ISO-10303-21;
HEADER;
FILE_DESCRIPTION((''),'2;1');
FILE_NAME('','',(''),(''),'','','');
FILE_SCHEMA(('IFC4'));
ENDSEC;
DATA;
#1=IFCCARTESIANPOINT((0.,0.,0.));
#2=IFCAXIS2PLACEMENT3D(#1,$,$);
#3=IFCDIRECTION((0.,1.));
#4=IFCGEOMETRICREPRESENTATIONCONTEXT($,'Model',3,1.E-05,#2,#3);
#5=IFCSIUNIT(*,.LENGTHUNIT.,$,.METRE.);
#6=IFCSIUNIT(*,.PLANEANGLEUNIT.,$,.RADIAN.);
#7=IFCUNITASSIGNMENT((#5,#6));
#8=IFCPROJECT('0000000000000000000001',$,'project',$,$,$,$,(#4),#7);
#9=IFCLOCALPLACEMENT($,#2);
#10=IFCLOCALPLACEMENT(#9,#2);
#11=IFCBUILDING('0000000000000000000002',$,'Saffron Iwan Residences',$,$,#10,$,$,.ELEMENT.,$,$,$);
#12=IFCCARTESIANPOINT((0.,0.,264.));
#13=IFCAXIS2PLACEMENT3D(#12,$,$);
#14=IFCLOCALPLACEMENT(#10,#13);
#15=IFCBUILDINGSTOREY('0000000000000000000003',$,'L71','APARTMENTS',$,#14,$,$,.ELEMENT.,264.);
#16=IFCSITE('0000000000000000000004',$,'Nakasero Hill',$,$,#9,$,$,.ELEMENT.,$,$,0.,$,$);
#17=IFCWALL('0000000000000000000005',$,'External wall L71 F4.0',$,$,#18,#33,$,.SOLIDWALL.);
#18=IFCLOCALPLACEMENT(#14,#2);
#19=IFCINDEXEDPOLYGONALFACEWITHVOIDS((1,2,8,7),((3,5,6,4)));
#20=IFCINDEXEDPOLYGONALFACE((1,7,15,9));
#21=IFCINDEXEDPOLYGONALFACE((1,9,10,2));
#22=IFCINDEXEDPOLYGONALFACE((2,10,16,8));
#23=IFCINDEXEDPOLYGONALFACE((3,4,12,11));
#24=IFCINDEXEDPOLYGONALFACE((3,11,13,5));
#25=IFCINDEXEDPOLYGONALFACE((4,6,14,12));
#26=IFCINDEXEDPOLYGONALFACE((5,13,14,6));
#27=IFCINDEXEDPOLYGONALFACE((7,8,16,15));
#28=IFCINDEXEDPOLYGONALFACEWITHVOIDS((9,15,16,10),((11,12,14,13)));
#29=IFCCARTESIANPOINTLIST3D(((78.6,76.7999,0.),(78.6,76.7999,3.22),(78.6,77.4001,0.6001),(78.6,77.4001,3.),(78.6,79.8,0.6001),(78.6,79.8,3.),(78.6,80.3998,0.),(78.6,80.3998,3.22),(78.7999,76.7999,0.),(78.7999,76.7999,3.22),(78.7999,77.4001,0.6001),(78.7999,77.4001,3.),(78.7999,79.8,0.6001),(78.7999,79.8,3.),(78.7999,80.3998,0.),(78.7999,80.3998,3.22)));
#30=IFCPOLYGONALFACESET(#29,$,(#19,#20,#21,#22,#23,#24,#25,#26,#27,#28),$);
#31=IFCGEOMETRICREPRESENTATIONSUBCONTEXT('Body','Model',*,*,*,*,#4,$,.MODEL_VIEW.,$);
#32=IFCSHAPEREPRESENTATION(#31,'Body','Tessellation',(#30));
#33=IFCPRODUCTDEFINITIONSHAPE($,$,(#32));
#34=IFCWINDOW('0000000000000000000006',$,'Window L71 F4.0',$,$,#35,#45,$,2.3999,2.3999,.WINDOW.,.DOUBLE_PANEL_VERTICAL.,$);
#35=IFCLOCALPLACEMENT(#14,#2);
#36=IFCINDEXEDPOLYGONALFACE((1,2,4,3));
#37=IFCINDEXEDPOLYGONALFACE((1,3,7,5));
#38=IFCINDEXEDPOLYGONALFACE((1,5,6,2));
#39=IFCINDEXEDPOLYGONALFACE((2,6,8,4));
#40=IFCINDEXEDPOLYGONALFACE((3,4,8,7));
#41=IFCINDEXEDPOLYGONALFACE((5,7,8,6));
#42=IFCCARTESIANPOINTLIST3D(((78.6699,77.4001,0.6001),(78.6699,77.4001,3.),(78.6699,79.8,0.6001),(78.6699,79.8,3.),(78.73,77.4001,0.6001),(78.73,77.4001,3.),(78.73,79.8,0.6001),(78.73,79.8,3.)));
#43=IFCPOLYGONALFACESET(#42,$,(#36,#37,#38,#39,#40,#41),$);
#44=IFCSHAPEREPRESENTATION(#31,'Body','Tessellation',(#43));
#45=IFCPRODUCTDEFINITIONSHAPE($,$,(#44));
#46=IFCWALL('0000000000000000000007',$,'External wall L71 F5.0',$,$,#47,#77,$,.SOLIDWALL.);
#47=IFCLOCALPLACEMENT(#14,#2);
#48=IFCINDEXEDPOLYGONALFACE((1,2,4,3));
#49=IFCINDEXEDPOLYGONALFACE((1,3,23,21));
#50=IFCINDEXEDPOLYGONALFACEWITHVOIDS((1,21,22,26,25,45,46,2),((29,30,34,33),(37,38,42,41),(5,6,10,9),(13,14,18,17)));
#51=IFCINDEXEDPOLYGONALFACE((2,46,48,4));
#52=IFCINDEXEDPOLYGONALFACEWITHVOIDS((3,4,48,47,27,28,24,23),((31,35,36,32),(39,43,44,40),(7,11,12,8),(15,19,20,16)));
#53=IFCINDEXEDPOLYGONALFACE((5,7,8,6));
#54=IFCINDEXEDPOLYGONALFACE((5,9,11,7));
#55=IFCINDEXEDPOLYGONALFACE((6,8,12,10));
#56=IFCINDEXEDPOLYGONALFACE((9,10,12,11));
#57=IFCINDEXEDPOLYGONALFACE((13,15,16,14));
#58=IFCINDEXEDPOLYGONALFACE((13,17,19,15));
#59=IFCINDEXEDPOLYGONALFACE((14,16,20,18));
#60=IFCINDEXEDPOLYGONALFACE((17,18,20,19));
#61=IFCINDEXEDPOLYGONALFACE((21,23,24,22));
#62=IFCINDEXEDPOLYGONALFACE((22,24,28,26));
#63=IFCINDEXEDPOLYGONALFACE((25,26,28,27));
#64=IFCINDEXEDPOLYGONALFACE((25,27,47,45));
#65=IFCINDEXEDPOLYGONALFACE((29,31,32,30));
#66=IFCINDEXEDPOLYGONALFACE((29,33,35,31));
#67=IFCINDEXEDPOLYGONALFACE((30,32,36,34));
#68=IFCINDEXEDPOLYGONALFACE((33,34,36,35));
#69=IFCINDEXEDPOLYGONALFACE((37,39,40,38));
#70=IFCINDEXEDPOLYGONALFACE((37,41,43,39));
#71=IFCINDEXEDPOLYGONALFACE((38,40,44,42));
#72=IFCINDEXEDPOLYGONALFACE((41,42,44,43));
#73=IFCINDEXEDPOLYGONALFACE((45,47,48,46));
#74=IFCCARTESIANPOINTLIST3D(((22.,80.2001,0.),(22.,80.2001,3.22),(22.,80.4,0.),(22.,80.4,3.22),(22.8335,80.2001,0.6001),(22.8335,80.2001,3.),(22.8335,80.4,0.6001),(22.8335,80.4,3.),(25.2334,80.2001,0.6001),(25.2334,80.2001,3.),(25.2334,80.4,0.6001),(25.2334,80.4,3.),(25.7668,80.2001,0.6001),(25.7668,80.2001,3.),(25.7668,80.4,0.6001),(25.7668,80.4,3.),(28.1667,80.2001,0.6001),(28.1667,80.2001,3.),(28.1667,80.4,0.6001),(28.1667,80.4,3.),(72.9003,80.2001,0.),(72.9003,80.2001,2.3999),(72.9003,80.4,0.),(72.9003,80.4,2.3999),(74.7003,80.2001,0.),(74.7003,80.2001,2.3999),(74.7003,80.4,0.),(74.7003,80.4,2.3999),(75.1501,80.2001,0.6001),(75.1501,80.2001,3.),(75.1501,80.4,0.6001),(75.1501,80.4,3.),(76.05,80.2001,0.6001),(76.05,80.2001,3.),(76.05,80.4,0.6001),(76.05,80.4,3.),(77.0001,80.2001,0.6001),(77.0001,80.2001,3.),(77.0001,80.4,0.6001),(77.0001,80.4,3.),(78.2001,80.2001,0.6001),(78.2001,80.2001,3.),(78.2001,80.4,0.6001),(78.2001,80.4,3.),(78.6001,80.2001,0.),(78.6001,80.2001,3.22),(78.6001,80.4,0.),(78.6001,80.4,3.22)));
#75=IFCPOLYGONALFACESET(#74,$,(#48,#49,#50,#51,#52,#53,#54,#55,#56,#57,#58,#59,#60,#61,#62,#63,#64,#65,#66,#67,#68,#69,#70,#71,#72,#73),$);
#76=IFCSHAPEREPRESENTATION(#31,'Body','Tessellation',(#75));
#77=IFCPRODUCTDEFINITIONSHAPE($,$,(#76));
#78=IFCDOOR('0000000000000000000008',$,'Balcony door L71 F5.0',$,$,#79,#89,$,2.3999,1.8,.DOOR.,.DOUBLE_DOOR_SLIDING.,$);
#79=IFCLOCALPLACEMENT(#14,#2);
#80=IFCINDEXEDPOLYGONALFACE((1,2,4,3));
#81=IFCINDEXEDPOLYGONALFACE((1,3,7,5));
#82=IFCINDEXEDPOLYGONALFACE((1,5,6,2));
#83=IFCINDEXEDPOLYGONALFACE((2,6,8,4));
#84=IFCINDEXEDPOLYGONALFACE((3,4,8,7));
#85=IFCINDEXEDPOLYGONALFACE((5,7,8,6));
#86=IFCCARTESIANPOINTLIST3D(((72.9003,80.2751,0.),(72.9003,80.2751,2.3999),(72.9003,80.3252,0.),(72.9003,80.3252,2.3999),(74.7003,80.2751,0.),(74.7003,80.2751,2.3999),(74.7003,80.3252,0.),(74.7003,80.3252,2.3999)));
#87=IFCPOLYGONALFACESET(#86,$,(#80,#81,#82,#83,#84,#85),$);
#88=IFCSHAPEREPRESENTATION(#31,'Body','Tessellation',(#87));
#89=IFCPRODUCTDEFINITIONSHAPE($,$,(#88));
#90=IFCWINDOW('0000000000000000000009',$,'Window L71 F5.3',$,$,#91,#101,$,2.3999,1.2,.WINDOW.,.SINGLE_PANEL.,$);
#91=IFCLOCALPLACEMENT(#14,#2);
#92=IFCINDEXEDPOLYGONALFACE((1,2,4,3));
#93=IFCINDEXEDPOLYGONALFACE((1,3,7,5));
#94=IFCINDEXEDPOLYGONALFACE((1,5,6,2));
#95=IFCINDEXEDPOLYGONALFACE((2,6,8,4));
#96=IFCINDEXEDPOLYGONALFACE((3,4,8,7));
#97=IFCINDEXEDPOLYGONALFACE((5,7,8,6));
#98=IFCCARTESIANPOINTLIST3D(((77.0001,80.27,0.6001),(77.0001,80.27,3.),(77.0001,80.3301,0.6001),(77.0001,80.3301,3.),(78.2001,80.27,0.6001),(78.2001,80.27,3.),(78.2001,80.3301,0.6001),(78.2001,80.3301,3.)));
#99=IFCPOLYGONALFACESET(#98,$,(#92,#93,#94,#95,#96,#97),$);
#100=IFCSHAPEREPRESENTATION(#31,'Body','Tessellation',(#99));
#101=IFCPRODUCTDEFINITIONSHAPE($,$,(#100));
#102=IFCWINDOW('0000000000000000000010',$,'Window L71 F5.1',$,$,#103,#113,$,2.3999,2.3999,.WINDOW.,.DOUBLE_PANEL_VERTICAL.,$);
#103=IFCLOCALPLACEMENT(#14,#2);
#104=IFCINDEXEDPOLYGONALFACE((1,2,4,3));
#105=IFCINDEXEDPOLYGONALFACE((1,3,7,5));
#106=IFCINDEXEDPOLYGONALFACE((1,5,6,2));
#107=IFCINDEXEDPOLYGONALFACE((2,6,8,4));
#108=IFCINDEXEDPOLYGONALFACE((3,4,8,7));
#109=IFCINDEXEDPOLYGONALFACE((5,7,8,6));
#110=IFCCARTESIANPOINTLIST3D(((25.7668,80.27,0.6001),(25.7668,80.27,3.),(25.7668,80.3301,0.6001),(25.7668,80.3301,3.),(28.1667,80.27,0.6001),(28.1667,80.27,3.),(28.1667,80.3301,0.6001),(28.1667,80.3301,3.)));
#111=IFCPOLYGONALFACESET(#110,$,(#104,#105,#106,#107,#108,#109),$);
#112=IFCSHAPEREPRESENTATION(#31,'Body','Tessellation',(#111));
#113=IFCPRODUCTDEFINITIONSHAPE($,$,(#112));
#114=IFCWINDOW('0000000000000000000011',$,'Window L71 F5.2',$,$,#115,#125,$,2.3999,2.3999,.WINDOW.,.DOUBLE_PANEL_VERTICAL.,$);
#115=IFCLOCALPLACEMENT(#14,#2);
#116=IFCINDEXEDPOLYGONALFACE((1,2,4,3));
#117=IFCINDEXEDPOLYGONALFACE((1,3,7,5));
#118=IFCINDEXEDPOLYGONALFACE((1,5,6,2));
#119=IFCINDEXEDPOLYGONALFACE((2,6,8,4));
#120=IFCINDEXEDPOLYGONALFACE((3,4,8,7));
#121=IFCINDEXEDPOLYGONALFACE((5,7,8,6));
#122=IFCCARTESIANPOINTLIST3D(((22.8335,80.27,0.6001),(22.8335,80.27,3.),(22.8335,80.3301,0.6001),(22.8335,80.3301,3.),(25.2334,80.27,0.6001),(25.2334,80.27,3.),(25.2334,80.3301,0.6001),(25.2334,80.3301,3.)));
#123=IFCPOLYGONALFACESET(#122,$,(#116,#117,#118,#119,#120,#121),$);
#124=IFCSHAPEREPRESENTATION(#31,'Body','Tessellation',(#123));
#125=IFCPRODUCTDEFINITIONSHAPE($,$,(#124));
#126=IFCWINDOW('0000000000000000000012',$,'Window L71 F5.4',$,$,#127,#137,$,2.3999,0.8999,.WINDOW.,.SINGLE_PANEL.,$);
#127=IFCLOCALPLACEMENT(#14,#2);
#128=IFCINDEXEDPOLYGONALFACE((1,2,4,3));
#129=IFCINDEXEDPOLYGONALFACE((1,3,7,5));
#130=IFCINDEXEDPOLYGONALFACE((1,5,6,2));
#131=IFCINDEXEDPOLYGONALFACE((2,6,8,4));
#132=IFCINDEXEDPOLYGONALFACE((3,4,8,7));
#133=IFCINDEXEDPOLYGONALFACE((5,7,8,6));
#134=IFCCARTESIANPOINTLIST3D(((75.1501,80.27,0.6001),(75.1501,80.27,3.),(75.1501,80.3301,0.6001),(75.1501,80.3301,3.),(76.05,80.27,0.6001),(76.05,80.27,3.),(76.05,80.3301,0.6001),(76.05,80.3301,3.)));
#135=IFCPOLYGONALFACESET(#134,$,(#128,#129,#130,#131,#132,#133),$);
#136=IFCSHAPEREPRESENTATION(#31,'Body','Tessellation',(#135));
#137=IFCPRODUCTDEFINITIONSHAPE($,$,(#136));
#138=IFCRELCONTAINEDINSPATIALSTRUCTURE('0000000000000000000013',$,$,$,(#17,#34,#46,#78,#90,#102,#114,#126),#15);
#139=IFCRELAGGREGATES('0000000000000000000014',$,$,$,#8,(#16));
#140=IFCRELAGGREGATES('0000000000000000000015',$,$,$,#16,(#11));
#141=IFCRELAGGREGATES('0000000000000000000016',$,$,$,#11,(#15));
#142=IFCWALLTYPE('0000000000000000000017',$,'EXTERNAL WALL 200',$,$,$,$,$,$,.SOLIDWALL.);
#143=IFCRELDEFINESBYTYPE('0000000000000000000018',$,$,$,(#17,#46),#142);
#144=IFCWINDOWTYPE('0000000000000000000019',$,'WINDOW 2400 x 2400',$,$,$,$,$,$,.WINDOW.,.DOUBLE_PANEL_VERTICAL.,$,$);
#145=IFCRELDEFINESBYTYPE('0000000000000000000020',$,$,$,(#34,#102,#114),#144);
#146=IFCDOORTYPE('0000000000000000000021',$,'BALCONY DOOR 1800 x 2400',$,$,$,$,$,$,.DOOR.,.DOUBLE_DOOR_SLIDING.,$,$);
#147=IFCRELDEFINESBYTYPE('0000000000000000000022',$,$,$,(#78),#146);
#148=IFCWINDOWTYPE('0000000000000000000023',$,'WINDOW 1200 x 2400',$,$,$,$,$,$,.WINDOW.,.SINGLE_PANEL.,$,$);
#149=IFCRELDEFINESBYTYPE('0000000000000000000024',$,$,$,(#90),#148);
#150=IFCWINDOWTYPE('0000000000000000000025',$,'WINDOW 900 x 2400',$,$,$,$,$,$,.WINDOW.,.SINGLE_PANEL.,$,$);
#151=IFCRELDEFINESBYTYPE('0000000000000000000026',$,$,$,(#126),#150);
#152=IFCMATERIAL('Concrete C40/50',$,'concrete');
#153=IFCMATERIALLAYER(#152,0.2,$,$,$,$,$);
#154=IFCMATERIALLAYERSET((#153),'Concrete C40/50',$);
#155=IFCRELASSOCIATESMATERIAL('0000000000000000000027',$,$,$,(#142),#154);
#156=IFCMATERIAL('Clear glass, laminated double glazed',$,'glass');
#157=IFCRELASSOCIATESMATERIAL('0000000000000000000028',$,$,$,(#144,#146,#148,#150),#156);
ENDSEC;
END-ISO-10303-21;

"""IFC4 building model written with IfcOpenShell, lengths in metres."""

from ifc_helpers import new_model, si_unit, direction, frame, frame_2d, origin, place, context, subcontext, project, spatial, rectangle, extrude, material, layer, layer_set, type_object, element, fill, save


model = new_model("IFC4")

# Units and contexts
model_context = context("Model", 3, precision=1e-05, world=origin(), true_north=direction((0.0, 1.0)))
body_context = subcontext(model_context, "Body", "Model", "MODEL_VIEW")
ifc_project = project(units=[si_unit("LENGTHUNIT", "METRE"), si_unit("PLANEANGLEUNIT", "RADIAN")], contexts=[model_context])

# Site, building, storey
site_placement = place(None, origin())
site = spatial("IfcSite", under=ifc_project, at=site_placement, Name="Nakasero Hill", CompositionType="ELEMENT", RefElevation=0.0)
building_placement = place(site_placement, origin())
building = spatial("IfcBuilding", under=site, at=building_placement, Name="Saffron Iwan Residences", CompositionType="ELEMENT")
storey_placement = place(building_placement, frame((0.0, 0.0, 264.0)))
storey = spatial("IfcBuildingStorey", under=building, at=storey_placement, Name="L71", Description="APARTMENTS", CompositionType="ELEMENT", Elevation=264.0)

# Shared definitions
ifc_material_1 = material(Name="Concrete C40/50", Category="concrete")

# Wall, opening, window
ifc_layer_1 = layer(ifc_material_1, 0.2)
ifc_layer_set_1 = layer_set([ifc_layer_1], Name="Concrete C40/50")
wall_type_1 = type_object("IfcWallType", Name="EXTERNAL WALL 200", PredefinedType="SOLIDWALL", material=ifc_layer_set_1)
ifc_material_2 = material(Name="Clear glass, laminated double glazed", Category="glass")
wall_1_placement = place(storey_placement, frame((78.7, 76.8, 0.0), z_axis=(0.0, 0.0, 1.0), x_axis=(0.0, 1.0, 0.0)))
wall_1 = element("IfcWall", 1, at=wall_1_placement, inside=storey, type_object=wall_type_1, Name="External wall L71 F4.0", PredefinedType="SOLIDWALL", context=body_context, shape_type="SweptSolid", body=[
    extrude(rectangle(XDim=3.5999, YDim=0.2, at=frame_2d((1.7998, 0.0))), origin(), (0.0, 0.0, 1.0), 3.22),
])
opening_1_placement = place(wall_1_placement, frame((0.6001, 0.0, 0.6001)))
opening_1 = element("IfcOpeningElement", 2, at=opening_1_placement, cuts=wall_1, PredefinedType="OPENING", context=body_context, shape_type="SweptSolid", body=[
    extrude(rectangle(XDim=2.3999, YDim=2.3999, at=frame_2d((1.2, 1.2))), frame((0.0, 0.1099, 0.0), z_axis=(0.0, -1.0, 0.0), x_axis=(1.0, 0.0, 0.0)), (0.0, 0.0, 1.0), 0.22),
])
window_type_1 = type_object("IfcWindowType", Name="WINDOW 2400 x 2400", PartitioningType="DOUBLE_PANEL_VERTICAL", PredefinedType="WINDOW", material=ifc_material_2)
window_1_placement = place(opening_1_placement, origin())
window_1 = element("IfcWindow", 3, at=window_1_placement, inside=storey, type_object=window_type_1, Name="Window L71 F4.0", OverallHeight=2.3999, OverallWidth=2.3999, PartitioningType="DOUBLE_PANEL_VERTICAL", PredefinedType="WINDOW", context=body_context, shape_type="SweptSolid", body=[
    extrude(rectangle(XDim=2.3999, YDim=2.3999, at=frame_2d((1.2, 1.2))), frame((0.0, 0.03, 0.0), z_axis=(0.0, -1.0, 0.0), x_axis=(1.0, 0.0, 0.0)), (0.0, 0.0, 1.0), 0.0601),
])
fill(opening_1, window_1)

# Wall, openings, door, windows
wall_2_placement = place(storey_placement, frame((78.6001, 80.3, 0.0), z_axis=(0.0, 0.0, 1.0), x_axis=(-1.0, 0.0, 0.0)))
wall_2 = element("IfcWall", 4, at=wall_2_placement, inside=storey, type_object=wall_type_1, Name="External wall L71 F5.0", PredefinedType="SOLIDWALL", context=body_context, shape_type="SweptSolid", body=[
    extrude(rectangle(XDim=56.6001, YDim=0.2, at=frame_2d((28.3, 0.0))), origin(), (0.0, 0.0, 1.0), 3.22),
])
opening_2_placement = place(wall_2_placement, frame((3.8999, 0.0, 0.0)))
opening_2 = element("IfcOpeningElement", 5, at=opening_2_placement, cuts=wall_2, PredefinedType="OPENING", context=body_context, shape_type="SweptSolid", body=[
    extrude(rectangle(XDim=1.8, YDim=2.3999, at=frame_2d((0.8999, 1.2))), frame((0.0, 0.1099, 0.0), z_axis=(0.0, -1.0, 0.0), x_axis=(1.0, 0.0, 0.0)), (0.0, 0.0, 1.0), 0.22),
])
opening_3_placement = place(wall_2_placement, frame((50.4333, 0.0, 0.6001)))
opening_3 = element("IfcOpeningElement", 6, at=opening_3_placement, cuts=wall_2, PredefinedType="OPENING", context=body_context, shape_type="SweptSolid", body=[
    extrude(rectangle(XDim=2.3999, YDim=2.3999, at=frame_2d((1.2, 1.2))), frame((0.0, 0.1099, 0.0), z_axis=(0.0, -1.0, 0.0), x_axis=(1.0, 0.0, 0.0)), (0.0, 0.0, 1.0), 0.22),
])
opening_4_placement = place(wall_2_placement, frame((53.3667, 0.0, 0.6001)))
opening_4 = element("IfcOpeningElement", 7, at=opening_4_placement, cuts=wall_2, PredefinedType="OPENING", context=body_context, shape_type="SweptSolid", body=[
    extrude(rectangle(XDim=2.3999, YDim=2.3999, at=frame_2d((1.2, 1.2))), frame((0.0, 0.1099, 0.0), z_axis=(0.0, -1.0, 0.0), x_axis=(1.0, 0.0, 0.0)), (0.0, 0.0, 1.0), 0.22),
])
opening_5_placement = place(wall_2_placement, frame((0.3999, 0.0, 0.6001)))
opening_5 = element("IfcOpeningElement", 8, at=opening_5_placement, cuts=wall_2, PredefinedType="OPENING", context=body_context, shape_type="SweptSolid", body=[
    extrude(rectangle(XDim=1.2, YDim=2.3999, at=frame_2d((0.6001, 1.2))), frame((0.0, 0.1099, 0.0), z_axis=(0.0, -1.0, 0.0), x_axis=(1.0, 0.0, 0.0)), (0.0, 0.0, 1.0), 0.22),
])
opening_6_placement = place(wall_2_placement, frame((2.55, 0.0, 0.6001)))
opening_6 = element("IfcOpeningElement", 9, at=opening_6_placement, cuts=wall_2, PredefinedType="OPENING", context=body_context, shape_type="SweptSolid", body=[
    extrude(rectangle(XDim=0.8999, YDim=2.3999, at=frame_2d((0.45, 1.2))), frame((0.0, 0.1099, 0.0), z_axis=(0.0, -1.0, 0.0), x_axis=(1.0, 0.0, 0.0)), (0.0, 0.0, 1.0), 0.22),
])
door_type_1 = type_object("IfcDoorType", Name="BALCONY DOOR 1800 x 2400", OperationType="DOUBLE_DOOR_SLIDING", PredefinedType="DOOR", material=ifc_material_2)
door_1_placement = place(opening_2_placement, origin())
door_1 = element("IfcDoor", 10, at=door_1_placement, inside=storey, type_object=door_type_1, Name="Balcony door L71 F5.0", OperationType="DOUBLE_DOOR_SLIDING", OverallHeight=2.3999, OverallWidth=1.8, PredefinedType="DOOR", context=body_context, shape_type="SweptSolid", body=[
    extrude(rectangle(XDim=1.8, YDim=2.3999, at=frame_2d((0.8999, 1.2))), frame((0.0, 0.0249, 0.0), z_axis=(0.0, -1.0, 0.0), x_axis=(1.0, 0.0, 0.0)), (0.0, 0.0, 1.0), 0.05),
])
fill(opening_2, door_1)
window_type_2 = type_object("IfcWindowType", Name="WINDOW 1200 x 2400", PartitioningType="SINGLE_PANEL", PredefinedType="WINDOW", material=ifc_material_2)
window_2_placement = place(opening_5_placement, origin())
window_2 = element("IfcWindow", 11, at=window_2_placement, inside=storey, type_object=window_type_2, Name="Window L71 F5.3", OverallHeight=2.3999, OverallWidth=1.2, PartitioningType="SINGLE_PANEL", PredefinedType="WINDOW", context=body_context, shape_type="SweptSolid", body=[
    extrude(rectangle(XDim=1.2, YDim=2.3999, at=frame_2d((0.6001, 1.2))), frame((0.0, 0.03, 0.0), z_axis=(0.0, -1.0, 0.0), x_axis=(1.0, 0.0, 0.0)), (0.0, 0.0, 1.0), 0.0601),
])
fill(opening_5, window_2)
window_3_placement = place(opening_3_placement, origin())
window_3 = element("IfcWindow", 12, at=window_3_placement, inside=storey, type_object=window_type_1, Name="Window L71 F5.1", OverallHeight=2.3999, OverallWidth=2.3999, PartitioningType="DOUBLE_PANEL_VERTICAL", PredefinedType="WINDOW", context=body_context, shape_type="SweptSolid", body=[
    extrude(rectangle(XDim=2.3999, YDim=2.3999, at=frame_2d((1.2, 1.2))), frame((0.0, 0.03, 0.0), z_axis=(0.0, -1.0, 0.0), x_axis=(1.0, 0.0, 0.0)), (0.0, 0.0, 1.0), 0.0601),
])
fill(opening_3, window_3)
window_4_placement = place(opening_4_placement, origin())
window_4 = element("IfcWindow", 13, at=window_4_placement, inside=storey, type_object=window_type_1, Name="Window L71 F5.2", OverallHeight=2.3999, OverallWidth=2.3999, PartitioningType="DOUBLE_PANEL_VERTICAL", PredefinedType="WINDOW", context=body_context, shape_type="SweptSolid", body=[
    extrude(rectangle(XDim=2.3999, YDim=2.3999, at=frame_2d((1.2, 1.2))), frame((0.0, 0.03, 0.0), z_axis=(0.0, -1.0, 0.0), x_axis=(1.0, 0.0, 0.0)), (0.0, 0.0, 1.0), 0.0601),
])
fill(opening_4, window_4)
window_type_3 = type_object("IfcWindowType", Name="WINDOW 900 x 2400", PartitioningType="SINGLE_PANEL", PredefinedType="WINDOW", material=ifc_material_2)
window_5_placement = place(opening_6_placement, origin())
window_5 = element("IfcWindow", 14, at=window_5_placement, inside=storey, type_object=window_type_3, Name="Window L71 F5.4", OverallHeight=2.3999, OverallWidth=0.8999, PartitioningType="SINGLE_PANEL", PredefinedType="WINDOW", context=body_context, shape_type="SweptSolid", body=[
    extrude(rectangle(XDim=0.8999, YDim=2.3999, at=frame_2d((0.45, 1.2))), frame((0.0, 0.03, 0.0), z_axis=(0.0, -1.0, 0.0), x_axis=(1.0, 0.0, 0.0)), (0.0, 0.0, 1.0), 0.0601),
])
fill(opening_6, window_5)

save(model, "model.ifc")
